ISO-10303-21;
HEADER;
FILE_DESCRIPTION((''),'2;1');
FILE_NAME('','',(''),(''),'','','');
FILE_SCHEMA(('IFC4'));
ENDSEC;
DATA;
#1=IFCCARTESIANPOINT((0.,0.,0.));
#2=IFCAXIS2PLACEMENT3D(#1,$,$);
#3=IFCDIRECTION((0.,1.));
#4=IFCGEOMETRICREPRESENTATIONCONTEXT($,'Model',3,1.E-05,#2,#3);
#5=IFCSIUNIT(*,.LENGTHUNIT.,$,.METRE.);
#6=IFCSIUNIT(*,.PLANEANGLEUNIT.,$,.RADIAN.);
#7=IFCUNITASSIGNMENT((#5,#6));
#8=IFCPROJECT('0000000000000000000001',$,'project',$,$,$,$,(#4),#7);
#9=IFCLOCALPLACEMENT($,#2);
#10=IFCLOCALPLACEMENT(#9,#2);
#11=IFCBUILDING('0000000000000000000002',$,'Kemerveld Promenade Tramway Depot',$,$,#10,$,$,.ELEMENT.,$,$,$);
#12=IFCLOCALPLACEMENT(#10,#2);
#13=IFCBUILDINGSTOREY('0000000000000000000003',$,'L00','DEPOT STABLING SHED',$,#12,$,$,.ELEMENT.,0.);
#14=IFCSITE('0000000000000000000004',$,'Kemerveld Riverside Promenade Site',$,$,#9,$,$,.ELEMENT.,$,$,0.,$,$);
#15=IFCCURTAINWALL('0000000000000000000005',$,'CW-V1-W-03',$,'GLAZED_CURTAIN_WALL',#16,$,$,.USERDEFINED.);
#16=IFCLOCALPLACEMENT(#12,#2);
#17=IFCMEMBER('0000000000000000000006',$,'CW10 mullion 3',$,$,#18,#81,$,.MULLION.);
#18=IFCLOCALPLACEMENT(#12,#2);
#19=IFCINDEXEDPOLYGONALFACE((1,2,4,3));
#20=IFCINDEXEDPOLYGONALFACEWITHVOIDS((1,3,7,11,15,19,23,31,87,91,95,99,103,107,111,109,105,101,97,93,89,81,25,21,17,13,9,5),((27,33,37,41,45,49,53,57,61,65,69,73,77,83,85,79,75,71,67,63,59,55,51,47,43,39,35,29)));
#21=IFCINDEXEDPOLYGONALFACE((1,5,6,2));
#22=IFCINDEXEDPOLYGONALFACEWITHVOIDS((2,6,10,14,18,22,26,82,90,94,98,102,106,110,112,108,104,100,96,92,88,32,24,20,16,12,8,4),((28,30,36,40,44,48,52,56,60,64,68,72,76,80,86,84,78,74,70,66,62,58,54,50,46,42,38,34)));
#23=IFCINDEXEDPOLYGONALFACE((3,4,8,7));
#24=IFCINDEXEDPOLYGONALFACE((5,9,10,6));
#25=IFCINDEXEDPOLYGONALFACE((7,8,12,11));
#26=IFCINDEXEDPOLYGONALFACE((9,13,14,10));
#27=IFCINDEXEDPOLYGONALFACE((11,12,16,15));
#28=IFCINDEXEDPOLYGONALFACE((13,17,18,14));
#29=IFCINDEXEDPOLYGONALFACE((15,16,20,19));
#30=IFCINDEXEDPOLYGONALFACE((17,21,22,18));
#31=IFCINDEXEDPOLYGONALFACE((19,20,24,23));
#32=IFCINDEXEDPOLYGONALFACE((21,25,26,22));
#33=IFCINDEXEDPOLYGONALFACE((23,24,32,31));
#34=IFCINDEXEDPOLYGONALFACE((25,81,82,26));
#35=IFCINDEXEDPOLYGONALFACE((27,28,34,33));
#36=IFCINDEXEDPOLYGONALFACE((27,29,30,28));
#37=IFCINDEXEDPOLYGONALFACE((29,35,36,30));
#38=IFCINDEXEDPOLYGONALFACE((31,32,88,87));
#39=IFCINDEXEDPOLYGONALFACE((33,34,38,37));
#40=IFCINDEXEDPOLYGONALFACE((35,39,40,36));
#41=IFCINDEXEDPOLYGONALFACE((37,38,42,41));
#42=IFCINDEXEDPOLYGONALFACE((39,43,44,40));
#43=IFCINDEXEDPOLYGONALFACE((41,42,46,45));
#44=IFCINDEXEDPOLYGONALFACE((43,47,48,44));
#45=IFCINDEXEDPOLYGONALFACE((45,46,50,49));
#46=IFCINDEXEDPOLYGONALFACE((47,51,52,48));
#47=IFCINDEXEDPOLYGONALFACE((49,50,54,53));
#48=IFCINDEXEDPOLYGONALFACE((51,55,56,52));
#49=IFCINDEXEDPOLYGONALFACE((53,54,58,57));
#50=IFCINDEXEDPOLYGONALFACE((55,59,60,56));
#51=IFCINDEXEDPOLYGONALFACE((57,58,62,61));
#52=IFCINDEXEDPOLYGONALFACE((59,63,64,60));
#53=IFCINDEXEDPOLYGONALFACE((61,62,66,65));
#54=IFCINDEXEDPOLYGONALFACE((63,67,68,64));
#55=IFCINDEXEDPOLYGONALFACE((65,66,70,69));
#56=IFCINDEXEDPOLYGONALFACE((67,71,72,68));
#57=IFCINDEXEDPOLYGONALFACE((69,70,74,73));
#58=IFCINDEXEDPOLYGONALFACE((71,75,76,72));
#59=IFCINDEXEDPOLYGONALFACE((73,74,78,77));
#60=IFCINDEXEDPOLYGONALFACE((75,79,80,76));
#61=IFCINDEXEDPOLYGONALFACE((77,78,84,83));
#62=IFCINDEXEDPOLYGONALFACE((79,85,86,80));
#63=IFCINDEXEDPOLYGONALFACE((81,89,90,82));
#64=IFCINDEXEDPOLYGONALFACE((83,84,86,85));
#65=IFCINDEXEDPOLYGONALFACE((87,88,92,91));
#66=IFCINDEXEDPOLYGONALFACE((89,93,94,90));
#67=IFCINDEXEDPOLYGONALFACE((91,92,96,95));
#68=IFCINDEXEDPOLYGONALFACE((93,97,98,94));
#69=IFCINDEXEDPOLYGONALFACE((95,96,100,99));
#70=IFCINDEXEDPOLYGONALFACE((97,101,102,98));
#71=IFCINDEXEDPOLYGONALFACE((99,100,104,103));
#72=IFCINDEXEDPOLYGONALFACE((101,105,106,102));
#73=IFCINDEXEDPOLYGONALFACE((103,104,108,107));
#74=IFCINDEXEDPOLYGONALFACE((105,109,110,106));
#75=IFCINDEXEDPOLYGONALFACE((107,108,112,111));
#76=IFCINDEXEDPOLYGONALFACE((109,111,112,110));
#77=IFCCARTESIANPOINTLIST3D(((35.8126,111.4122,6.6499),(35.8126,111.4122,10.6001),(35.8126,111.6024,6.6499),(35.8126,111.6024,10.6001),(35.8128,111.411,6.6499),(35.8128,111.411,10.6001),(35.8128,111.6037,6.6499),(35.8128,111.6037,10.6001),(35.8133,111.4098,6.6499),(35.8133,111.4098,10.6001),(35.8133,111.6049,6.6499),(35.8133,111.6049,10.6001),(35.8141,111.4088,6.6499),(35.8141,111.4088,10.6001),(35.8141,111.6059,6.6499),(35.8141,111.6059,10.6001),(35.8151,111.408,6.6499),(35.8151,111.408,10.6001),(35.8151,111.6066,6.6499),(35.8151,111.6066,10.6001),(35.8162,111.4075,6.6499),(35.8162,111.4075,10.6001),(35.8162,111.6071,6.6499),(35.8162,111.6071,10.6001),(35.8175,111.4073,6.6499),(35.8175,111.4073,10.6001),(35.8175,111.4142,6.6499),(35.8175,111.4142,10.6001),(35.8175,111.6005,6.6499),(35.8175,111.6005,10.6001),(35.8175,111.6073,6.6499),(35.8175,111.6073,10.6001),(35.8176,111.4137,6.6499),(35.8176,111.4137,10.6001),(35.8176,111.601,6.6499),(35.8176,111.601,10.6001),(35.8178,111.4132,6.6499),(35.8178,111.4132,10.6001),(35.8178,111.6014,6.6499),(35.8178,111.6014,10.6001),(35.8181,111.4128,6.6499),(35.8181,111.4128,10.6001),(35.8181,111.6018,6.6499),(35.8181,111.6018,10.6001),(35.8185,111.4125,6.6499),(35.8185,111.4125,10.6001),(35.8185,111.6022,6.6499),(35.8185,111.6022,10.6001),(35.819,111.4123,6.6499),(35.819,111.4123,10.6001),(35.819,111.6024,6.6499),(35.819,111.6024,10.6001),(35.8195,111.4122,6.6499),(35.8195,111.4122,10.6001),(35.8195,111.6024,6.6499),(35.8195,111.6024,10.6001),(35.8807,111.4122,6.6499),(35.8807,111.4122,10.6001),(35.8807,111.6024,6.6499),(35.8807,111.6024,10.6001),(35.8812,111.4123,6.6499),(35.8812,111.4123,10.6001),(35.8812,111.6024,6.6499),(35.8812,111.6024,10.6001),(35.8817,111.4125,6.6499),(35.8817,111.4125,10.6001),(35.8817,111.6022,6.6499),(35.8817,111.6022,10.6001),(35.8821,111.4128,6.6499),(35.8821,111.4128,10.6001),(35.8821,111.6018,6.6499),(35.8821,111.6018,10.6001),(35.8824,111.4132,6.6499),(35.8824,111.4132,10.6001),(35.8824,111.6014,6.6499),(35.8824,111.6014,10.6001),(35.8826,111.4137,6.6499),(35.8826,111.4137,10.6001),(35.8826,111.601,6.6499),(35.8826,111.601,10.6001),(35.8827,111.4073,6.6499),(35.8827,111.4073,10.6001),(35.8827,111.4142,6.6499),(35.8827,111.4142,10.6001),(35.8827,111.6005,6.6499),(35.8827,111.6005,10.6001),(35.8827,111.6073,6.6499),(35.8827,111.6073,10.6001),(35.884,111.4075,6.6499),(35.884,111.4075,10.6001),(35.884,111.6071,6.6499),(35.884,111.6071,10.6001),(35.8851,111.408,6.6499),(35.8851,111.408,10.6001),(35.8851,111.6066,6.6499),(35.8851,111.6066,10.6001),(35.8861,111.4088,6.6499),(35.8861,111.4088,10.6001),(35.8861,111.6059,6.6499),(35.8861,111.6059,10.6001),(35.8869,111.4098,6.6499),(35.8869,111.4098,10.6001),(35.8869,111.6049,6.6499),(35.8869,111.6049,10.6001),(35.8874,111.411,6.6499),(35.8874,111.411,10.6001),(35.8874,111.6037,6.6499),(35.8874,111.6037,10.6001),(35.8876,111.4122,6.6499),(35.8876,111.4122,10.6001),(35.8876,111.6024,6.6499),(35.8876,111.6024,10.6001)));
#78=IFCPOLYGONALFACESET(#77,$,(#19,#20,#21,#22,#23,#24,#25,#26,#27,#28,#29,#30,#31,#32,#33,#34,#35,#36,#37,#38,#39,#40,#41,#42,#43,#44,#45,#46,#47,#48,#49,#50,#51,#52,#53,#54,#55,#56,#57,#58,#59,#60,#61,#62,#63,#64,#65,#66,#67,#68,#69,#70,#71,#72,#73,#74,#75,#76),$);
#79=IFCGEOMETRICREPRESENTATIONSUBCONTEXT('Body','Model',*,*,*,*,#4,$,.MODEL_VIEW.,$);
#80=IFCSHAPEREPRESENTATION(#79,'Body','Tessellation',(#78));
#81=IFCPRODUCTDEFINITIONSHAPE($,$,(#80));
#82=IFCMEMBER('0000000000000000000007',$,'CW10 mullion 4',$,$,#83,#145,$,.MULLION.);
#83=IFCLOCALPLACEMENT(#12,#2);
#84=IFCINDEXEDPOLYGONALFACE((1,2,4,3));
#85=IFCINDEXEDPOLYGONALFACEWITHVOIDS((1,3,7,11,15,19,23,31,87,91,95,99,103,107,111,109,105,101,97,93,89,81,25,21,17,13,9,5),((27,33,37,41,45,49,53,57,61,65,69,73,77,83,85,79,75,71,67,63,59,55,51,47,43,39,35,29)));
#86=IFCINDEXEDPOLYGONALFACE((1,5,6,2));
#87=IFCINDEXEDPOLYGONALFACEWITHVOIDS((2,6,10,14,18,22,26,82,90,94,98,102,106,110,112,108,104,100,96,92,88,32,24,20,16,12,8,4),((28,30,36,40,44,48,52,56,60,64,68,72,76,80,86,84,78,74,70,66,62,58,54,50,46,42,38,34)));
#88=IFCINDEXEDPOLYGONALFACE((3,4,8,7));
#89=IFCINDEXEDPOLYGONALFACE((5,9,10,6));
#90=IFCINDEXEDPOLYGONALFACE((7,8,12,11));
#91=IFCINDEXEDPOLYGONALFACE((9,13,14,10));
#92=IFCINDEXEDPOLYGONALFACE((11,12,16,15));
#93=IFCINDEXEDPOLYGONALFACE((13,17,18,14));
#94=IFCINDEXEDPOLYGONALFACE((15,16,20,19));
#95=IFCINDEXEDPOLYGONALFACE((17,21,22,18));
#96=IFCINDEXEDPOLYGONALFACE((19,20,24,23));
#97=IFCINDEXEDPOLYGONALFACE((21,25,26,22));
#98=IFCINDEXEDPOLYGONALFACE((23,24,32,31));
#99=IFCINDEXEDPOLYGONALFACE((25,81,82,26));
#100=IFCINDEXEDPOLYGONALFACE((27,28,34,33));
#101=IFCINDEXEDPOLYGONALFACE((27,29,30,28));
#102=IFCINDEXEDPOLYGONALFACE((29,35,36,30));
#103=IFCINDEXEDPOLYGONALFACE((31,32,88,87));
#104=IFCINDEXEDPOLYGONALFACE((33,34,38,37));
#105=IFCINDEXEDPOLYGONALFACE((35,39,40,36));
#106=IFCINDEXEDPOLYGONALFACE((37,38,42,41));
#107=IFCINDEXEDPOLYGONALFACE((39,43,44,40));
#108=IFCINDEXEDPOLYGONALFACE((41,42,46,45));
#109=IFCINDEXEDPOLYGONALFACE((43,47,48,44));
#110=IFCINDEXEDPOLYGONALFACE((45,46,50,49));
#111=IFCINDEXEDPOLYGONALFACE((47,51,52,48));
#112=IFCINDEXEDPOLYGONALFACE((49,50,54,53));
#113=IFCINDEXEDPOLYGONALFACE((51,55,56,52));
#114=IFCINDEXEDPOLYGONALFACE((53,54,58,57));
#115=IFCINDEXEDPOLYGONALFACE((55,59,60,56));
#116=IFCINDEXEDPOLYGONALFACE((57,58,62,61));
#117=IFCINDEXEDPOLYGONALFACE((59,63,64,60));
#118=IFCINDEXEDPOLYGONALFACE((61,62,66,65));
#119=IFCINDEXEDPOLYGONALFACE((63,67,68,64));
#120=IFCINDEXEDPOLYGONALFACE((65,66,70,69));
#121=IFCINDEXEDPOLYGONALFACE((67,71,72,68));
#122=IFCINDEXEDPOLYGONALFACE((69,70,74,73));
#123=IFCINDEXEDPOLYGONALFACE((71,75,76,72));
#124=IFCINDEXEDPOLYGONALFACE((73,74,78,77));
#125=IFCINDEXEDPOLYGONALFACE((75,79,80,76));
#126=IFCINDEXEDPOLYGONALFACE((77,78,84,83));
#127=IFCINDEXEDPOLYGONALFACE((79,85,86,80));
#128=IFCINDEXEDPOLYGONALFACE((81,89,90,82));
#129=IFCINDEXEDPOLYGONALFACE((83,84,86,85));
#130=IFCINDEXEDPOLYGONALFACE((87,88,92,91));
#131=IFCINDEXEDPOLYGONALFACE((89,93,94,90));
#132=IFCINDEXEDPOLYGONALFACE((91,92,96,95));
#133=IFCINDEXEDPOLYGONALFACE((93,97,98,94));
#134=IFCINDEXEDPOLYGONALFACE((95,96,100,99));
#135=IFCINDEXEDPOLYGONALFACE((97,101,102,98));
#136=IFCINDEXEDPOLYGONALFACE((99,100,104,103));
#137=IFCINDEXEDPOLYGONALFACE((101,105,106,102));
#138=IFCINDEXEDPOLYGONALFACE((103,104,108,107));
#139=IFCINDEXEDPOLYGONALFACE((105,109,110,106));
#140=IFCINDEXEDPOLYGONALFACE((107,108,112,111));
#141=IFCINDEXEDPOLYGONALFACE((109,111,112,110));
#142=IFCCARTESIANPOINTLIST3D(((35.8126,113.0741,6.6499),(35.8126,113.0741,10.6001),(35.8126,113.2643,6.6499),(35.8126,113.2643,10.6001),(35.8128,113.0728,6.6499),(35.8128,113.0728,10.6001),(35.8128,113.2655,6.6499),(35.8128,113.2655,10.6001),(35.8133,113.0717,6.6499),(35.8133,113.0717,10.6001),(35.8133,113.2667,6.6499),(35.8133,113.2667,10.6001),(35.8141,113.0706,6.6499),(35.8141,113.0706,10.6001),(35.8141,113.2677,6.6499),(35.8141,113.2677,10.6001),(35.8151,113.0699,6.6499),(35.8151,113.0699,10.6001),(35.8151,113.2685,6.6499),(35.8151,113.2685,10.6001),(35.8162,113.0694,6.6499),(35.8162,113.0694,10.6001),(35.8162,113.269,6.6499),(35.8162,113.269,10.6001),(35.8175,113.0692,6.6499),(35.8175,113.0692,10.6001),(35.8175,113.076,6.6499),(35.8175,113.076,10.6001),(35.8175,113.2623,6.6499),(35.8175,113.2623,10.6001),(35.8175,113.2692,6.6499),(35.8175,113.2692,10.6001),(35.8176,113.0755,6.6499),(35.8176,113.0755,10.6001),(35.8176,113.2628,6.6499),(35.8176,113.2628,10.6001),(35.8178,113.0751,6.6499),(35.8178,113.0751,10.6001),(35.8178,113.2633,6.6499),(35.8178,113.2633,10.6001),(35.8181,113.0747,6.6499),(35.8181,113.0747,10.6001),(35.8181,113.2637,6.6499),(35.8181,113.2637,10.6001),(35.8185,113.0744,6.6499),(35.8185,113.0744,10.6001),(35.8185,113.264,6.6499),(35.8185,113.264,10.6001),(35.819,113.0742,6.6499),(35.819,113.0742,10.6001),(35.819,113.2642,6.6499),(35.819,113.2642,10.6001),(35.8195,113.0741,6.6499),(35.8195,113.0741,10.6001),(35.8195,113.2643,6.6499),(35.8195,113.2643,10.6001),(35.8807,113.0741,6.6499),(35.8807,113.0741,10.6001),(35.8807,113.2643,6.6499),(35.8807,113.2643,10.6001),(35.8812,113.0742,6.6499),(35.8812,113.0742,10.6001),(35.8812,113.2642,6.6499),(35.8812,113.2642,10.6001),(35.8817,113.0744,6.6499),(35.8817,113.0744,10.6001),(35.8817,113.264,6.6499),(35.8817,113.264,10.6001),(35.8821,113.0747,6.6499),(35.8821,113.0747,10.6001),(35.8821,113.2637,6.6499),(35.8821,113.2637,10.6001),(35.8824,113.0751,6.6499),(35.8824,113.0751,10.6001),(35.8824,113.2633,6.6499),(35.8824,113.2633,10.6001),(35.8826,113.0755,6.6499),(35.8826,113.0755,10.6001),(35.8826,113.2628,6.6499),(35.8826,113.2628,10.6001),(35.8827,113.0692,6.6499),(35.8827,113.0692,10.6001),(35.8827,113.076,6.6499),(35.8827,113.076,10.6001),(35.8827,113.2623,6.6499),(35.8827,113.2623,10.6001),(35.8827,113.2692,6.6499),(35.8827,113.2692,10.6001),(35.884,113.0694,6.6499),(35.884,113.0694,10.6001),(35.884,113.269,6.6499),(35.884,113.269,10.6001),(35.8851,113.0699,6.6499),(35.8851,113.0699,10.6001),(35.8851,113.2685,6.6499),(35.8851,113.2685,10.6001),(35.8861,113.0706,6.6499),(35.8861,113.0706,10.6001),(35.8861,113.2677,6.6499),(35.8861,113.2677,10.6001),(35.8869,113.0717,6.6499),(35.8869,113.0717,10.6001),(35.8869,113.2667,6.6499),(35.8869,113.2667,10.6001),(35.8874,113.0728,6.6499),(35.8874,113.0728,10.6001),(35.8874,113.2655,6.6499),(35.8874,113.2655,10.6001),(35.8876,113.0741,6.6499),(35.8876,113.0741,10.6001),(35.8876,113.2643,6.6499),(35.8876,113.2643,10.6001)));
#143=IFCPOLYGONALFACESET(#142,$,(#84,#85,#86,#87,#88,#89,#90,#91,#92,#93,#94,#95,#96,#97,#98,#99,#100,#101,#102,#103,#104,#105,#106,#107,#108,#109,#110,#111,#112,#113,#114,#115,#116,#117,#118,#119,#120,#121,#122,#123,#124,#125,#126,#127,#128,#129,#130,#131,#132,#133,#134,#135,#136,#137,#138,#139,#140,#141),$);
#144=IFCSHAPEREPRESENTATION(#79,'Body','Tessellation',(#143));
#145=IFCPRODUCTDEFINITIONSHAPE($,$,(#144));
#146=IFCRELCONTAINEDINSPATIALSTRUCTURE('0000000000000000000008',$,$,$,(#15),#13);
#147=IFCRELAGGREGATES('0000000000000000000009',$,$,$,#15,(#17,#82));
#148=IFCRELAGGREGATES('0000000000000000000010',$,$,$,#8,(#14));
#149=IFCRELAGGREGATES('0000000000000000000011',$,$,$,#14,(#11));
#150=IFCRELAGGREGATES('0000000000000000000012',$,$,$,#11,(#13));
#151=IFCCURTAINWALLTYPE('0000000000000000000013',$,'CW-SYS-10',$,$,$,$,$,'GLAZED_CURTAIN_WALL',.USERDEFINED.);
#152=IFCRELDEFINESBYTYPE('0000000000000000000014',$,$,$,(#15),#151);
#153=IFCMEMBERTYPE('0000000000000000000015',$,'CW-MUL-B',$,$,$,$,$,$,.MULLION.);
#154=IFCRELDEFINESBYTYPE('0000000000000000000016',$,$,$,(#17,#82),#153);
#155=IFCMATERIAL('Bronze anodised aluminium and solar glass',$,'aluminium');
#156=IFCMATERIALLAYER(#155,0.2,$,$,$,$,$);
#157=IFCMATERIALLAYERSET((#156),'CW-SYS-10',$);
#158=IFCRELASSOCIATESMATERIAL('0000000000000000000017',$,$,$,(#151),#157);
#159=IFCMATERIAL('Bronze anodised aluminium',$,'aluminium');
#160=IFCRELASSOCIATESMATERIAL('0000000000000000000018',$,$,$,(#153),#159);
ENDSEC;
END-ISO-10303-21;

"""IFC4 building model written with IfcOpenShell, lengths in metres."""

from ifc_helpers import new_model, si_unit, direction, frame, origin, origin_2d, place, context, subcontext, project, spatial, hollow_rectangle, extrude, material, layer, layer_set, material_profile, profile_set, type_object, element, aggregate, save


model = new_model("IFC4")

# Units and contexts
model_context = context("Model", 3, precision=1e-05, world=origin(), true_north=direction((0.0, 1.0)))
body_context = subcontext(model_context, "Body", "Model", "MODEL_VIEW")
ifc_project = project(units=[si_unit("LENGTHUNIT", "METRE"), si_unit("PLANEANGLEUNIT", "RADIAN")], contexts=[model_context])

# Site, building, storey
site_placement = place(None, origin())
site = spatial("IfcSite", under=ifc_project, at=site_placement, Name="Kemerveld Riverside Promenade Site", CompositionType="ELEMENT", RefElevation=0.0)
building_placement = place(site_placement, origin())
building = spatial("IfcBuilding", under=site, at=building_placement, Name="Kemerveld Promenade Tramway Depot", CompositionType="ELEMENT")
storey_placement = place(building_placement, origin())
storey = spatial("IfcBuildingStorey", under=building, at=storey_placement, Name="L00", Description="DEPOT STABLING SHED", CompositionType="ELEMENT", Elevation=0.0)

# Curtain wall, members
ifc_material_1 = material(Name="Bronze anodised aluminium and solar glass", Category="aluminium")
ifc_material_2 = material(Name="Bronze anodised aluminium", Category="aluminium")
ifc_layer_1 = layer(ifc_material_1, 0.2)
ifc_layer_set_1 = layer_set([ifc_layer_1], Name="CW-SYS-10")
curtain_wall_type_1 = type_object("IfcCurtainWallType", Name="CW-SYS-10", ElementType="GLAZED_CURTAIN_WALL", PredefinedType="USERDEFINED", material=ifc_layer_set_1)
curtain_wall_1_placement = place(storey_placement, origin())
curtain_wall_1 = element("IfcCurtainWall", 1, at=curtain_wall_1_placement, inside=storey, type_object=curtain_wall_type_1, Name="CW-V1-W-03", ObjectType="GLAZED_CURTAIN_WALL", PredefinedType="USERDEFINED")
ifc_material_profile_1 = material_profile(ifc_material_2, hollow_rectangle(XDim=0.075, YDim=0.2, WallThickness=0.0049, InnerFilletRadius=0.002, OuterFilletRadius=0.0049, at=origin_2d()), Name="CW-MUL-200x75")
ifc_profile_set_1 = profile_set([ifc_material_profile_1], Name="Bronze anodised aluminium")
member_type_1 = type_object("IfcMemberType", Name="CW-MUL-B", PredefinedType="MULLION", material=ifc_profile_set_1)
member_1_placement = place(storey_placement, frame((35.8501, 111.5073, 6.6499), z_axis=(0.0, 0.0, 1.0), x_axis=(-1.0, 0.0, 0.0)))
member_1 = element("IfcMember", 2, at=member_1_placement, type_object=member_type_1, Name="CW10 mullion 3", PredefinedType="MULLION", context=body_context, shape_type="SweptSolid", body=[
    extrude(hollow_rectangle(XDim=0.075, YDim=0.2, WallThickness=0.0049, InnerFilletRadius=0.002, OuterFilletRadius=0.0049, at=origin_2d()), origin(), (0.0, 0.0, 1.0), 3.9502),
])
member_2_placement = place(storey_placement, frame((35.8501, 113.1692, 6.6499), z_axis=(0.0, 0.0, 1.0), x_axis=(-1.0, 0.0, 0.0)))
member_2 = element("IfcMember", 3, at=member_2_placement, type_object=member_type_1, Name="CW10 mullion 4", PredefinedType="MULLION", context=body_context, shape_type="SweptSolid", body=[
    extrude(hollow_rectangle(XDim=0.075, YDim=0.2, WallThickness=0.0049, InnerFilletRadius=0.002, OuterFilletRadius=0.0049, at=origin_2d()), origin(), (0.0, 0.0, 1.0), 3.9502),
])

aggregate(curtain_wall_1, [member_1, member_2])

save(model, "model.ifc")
